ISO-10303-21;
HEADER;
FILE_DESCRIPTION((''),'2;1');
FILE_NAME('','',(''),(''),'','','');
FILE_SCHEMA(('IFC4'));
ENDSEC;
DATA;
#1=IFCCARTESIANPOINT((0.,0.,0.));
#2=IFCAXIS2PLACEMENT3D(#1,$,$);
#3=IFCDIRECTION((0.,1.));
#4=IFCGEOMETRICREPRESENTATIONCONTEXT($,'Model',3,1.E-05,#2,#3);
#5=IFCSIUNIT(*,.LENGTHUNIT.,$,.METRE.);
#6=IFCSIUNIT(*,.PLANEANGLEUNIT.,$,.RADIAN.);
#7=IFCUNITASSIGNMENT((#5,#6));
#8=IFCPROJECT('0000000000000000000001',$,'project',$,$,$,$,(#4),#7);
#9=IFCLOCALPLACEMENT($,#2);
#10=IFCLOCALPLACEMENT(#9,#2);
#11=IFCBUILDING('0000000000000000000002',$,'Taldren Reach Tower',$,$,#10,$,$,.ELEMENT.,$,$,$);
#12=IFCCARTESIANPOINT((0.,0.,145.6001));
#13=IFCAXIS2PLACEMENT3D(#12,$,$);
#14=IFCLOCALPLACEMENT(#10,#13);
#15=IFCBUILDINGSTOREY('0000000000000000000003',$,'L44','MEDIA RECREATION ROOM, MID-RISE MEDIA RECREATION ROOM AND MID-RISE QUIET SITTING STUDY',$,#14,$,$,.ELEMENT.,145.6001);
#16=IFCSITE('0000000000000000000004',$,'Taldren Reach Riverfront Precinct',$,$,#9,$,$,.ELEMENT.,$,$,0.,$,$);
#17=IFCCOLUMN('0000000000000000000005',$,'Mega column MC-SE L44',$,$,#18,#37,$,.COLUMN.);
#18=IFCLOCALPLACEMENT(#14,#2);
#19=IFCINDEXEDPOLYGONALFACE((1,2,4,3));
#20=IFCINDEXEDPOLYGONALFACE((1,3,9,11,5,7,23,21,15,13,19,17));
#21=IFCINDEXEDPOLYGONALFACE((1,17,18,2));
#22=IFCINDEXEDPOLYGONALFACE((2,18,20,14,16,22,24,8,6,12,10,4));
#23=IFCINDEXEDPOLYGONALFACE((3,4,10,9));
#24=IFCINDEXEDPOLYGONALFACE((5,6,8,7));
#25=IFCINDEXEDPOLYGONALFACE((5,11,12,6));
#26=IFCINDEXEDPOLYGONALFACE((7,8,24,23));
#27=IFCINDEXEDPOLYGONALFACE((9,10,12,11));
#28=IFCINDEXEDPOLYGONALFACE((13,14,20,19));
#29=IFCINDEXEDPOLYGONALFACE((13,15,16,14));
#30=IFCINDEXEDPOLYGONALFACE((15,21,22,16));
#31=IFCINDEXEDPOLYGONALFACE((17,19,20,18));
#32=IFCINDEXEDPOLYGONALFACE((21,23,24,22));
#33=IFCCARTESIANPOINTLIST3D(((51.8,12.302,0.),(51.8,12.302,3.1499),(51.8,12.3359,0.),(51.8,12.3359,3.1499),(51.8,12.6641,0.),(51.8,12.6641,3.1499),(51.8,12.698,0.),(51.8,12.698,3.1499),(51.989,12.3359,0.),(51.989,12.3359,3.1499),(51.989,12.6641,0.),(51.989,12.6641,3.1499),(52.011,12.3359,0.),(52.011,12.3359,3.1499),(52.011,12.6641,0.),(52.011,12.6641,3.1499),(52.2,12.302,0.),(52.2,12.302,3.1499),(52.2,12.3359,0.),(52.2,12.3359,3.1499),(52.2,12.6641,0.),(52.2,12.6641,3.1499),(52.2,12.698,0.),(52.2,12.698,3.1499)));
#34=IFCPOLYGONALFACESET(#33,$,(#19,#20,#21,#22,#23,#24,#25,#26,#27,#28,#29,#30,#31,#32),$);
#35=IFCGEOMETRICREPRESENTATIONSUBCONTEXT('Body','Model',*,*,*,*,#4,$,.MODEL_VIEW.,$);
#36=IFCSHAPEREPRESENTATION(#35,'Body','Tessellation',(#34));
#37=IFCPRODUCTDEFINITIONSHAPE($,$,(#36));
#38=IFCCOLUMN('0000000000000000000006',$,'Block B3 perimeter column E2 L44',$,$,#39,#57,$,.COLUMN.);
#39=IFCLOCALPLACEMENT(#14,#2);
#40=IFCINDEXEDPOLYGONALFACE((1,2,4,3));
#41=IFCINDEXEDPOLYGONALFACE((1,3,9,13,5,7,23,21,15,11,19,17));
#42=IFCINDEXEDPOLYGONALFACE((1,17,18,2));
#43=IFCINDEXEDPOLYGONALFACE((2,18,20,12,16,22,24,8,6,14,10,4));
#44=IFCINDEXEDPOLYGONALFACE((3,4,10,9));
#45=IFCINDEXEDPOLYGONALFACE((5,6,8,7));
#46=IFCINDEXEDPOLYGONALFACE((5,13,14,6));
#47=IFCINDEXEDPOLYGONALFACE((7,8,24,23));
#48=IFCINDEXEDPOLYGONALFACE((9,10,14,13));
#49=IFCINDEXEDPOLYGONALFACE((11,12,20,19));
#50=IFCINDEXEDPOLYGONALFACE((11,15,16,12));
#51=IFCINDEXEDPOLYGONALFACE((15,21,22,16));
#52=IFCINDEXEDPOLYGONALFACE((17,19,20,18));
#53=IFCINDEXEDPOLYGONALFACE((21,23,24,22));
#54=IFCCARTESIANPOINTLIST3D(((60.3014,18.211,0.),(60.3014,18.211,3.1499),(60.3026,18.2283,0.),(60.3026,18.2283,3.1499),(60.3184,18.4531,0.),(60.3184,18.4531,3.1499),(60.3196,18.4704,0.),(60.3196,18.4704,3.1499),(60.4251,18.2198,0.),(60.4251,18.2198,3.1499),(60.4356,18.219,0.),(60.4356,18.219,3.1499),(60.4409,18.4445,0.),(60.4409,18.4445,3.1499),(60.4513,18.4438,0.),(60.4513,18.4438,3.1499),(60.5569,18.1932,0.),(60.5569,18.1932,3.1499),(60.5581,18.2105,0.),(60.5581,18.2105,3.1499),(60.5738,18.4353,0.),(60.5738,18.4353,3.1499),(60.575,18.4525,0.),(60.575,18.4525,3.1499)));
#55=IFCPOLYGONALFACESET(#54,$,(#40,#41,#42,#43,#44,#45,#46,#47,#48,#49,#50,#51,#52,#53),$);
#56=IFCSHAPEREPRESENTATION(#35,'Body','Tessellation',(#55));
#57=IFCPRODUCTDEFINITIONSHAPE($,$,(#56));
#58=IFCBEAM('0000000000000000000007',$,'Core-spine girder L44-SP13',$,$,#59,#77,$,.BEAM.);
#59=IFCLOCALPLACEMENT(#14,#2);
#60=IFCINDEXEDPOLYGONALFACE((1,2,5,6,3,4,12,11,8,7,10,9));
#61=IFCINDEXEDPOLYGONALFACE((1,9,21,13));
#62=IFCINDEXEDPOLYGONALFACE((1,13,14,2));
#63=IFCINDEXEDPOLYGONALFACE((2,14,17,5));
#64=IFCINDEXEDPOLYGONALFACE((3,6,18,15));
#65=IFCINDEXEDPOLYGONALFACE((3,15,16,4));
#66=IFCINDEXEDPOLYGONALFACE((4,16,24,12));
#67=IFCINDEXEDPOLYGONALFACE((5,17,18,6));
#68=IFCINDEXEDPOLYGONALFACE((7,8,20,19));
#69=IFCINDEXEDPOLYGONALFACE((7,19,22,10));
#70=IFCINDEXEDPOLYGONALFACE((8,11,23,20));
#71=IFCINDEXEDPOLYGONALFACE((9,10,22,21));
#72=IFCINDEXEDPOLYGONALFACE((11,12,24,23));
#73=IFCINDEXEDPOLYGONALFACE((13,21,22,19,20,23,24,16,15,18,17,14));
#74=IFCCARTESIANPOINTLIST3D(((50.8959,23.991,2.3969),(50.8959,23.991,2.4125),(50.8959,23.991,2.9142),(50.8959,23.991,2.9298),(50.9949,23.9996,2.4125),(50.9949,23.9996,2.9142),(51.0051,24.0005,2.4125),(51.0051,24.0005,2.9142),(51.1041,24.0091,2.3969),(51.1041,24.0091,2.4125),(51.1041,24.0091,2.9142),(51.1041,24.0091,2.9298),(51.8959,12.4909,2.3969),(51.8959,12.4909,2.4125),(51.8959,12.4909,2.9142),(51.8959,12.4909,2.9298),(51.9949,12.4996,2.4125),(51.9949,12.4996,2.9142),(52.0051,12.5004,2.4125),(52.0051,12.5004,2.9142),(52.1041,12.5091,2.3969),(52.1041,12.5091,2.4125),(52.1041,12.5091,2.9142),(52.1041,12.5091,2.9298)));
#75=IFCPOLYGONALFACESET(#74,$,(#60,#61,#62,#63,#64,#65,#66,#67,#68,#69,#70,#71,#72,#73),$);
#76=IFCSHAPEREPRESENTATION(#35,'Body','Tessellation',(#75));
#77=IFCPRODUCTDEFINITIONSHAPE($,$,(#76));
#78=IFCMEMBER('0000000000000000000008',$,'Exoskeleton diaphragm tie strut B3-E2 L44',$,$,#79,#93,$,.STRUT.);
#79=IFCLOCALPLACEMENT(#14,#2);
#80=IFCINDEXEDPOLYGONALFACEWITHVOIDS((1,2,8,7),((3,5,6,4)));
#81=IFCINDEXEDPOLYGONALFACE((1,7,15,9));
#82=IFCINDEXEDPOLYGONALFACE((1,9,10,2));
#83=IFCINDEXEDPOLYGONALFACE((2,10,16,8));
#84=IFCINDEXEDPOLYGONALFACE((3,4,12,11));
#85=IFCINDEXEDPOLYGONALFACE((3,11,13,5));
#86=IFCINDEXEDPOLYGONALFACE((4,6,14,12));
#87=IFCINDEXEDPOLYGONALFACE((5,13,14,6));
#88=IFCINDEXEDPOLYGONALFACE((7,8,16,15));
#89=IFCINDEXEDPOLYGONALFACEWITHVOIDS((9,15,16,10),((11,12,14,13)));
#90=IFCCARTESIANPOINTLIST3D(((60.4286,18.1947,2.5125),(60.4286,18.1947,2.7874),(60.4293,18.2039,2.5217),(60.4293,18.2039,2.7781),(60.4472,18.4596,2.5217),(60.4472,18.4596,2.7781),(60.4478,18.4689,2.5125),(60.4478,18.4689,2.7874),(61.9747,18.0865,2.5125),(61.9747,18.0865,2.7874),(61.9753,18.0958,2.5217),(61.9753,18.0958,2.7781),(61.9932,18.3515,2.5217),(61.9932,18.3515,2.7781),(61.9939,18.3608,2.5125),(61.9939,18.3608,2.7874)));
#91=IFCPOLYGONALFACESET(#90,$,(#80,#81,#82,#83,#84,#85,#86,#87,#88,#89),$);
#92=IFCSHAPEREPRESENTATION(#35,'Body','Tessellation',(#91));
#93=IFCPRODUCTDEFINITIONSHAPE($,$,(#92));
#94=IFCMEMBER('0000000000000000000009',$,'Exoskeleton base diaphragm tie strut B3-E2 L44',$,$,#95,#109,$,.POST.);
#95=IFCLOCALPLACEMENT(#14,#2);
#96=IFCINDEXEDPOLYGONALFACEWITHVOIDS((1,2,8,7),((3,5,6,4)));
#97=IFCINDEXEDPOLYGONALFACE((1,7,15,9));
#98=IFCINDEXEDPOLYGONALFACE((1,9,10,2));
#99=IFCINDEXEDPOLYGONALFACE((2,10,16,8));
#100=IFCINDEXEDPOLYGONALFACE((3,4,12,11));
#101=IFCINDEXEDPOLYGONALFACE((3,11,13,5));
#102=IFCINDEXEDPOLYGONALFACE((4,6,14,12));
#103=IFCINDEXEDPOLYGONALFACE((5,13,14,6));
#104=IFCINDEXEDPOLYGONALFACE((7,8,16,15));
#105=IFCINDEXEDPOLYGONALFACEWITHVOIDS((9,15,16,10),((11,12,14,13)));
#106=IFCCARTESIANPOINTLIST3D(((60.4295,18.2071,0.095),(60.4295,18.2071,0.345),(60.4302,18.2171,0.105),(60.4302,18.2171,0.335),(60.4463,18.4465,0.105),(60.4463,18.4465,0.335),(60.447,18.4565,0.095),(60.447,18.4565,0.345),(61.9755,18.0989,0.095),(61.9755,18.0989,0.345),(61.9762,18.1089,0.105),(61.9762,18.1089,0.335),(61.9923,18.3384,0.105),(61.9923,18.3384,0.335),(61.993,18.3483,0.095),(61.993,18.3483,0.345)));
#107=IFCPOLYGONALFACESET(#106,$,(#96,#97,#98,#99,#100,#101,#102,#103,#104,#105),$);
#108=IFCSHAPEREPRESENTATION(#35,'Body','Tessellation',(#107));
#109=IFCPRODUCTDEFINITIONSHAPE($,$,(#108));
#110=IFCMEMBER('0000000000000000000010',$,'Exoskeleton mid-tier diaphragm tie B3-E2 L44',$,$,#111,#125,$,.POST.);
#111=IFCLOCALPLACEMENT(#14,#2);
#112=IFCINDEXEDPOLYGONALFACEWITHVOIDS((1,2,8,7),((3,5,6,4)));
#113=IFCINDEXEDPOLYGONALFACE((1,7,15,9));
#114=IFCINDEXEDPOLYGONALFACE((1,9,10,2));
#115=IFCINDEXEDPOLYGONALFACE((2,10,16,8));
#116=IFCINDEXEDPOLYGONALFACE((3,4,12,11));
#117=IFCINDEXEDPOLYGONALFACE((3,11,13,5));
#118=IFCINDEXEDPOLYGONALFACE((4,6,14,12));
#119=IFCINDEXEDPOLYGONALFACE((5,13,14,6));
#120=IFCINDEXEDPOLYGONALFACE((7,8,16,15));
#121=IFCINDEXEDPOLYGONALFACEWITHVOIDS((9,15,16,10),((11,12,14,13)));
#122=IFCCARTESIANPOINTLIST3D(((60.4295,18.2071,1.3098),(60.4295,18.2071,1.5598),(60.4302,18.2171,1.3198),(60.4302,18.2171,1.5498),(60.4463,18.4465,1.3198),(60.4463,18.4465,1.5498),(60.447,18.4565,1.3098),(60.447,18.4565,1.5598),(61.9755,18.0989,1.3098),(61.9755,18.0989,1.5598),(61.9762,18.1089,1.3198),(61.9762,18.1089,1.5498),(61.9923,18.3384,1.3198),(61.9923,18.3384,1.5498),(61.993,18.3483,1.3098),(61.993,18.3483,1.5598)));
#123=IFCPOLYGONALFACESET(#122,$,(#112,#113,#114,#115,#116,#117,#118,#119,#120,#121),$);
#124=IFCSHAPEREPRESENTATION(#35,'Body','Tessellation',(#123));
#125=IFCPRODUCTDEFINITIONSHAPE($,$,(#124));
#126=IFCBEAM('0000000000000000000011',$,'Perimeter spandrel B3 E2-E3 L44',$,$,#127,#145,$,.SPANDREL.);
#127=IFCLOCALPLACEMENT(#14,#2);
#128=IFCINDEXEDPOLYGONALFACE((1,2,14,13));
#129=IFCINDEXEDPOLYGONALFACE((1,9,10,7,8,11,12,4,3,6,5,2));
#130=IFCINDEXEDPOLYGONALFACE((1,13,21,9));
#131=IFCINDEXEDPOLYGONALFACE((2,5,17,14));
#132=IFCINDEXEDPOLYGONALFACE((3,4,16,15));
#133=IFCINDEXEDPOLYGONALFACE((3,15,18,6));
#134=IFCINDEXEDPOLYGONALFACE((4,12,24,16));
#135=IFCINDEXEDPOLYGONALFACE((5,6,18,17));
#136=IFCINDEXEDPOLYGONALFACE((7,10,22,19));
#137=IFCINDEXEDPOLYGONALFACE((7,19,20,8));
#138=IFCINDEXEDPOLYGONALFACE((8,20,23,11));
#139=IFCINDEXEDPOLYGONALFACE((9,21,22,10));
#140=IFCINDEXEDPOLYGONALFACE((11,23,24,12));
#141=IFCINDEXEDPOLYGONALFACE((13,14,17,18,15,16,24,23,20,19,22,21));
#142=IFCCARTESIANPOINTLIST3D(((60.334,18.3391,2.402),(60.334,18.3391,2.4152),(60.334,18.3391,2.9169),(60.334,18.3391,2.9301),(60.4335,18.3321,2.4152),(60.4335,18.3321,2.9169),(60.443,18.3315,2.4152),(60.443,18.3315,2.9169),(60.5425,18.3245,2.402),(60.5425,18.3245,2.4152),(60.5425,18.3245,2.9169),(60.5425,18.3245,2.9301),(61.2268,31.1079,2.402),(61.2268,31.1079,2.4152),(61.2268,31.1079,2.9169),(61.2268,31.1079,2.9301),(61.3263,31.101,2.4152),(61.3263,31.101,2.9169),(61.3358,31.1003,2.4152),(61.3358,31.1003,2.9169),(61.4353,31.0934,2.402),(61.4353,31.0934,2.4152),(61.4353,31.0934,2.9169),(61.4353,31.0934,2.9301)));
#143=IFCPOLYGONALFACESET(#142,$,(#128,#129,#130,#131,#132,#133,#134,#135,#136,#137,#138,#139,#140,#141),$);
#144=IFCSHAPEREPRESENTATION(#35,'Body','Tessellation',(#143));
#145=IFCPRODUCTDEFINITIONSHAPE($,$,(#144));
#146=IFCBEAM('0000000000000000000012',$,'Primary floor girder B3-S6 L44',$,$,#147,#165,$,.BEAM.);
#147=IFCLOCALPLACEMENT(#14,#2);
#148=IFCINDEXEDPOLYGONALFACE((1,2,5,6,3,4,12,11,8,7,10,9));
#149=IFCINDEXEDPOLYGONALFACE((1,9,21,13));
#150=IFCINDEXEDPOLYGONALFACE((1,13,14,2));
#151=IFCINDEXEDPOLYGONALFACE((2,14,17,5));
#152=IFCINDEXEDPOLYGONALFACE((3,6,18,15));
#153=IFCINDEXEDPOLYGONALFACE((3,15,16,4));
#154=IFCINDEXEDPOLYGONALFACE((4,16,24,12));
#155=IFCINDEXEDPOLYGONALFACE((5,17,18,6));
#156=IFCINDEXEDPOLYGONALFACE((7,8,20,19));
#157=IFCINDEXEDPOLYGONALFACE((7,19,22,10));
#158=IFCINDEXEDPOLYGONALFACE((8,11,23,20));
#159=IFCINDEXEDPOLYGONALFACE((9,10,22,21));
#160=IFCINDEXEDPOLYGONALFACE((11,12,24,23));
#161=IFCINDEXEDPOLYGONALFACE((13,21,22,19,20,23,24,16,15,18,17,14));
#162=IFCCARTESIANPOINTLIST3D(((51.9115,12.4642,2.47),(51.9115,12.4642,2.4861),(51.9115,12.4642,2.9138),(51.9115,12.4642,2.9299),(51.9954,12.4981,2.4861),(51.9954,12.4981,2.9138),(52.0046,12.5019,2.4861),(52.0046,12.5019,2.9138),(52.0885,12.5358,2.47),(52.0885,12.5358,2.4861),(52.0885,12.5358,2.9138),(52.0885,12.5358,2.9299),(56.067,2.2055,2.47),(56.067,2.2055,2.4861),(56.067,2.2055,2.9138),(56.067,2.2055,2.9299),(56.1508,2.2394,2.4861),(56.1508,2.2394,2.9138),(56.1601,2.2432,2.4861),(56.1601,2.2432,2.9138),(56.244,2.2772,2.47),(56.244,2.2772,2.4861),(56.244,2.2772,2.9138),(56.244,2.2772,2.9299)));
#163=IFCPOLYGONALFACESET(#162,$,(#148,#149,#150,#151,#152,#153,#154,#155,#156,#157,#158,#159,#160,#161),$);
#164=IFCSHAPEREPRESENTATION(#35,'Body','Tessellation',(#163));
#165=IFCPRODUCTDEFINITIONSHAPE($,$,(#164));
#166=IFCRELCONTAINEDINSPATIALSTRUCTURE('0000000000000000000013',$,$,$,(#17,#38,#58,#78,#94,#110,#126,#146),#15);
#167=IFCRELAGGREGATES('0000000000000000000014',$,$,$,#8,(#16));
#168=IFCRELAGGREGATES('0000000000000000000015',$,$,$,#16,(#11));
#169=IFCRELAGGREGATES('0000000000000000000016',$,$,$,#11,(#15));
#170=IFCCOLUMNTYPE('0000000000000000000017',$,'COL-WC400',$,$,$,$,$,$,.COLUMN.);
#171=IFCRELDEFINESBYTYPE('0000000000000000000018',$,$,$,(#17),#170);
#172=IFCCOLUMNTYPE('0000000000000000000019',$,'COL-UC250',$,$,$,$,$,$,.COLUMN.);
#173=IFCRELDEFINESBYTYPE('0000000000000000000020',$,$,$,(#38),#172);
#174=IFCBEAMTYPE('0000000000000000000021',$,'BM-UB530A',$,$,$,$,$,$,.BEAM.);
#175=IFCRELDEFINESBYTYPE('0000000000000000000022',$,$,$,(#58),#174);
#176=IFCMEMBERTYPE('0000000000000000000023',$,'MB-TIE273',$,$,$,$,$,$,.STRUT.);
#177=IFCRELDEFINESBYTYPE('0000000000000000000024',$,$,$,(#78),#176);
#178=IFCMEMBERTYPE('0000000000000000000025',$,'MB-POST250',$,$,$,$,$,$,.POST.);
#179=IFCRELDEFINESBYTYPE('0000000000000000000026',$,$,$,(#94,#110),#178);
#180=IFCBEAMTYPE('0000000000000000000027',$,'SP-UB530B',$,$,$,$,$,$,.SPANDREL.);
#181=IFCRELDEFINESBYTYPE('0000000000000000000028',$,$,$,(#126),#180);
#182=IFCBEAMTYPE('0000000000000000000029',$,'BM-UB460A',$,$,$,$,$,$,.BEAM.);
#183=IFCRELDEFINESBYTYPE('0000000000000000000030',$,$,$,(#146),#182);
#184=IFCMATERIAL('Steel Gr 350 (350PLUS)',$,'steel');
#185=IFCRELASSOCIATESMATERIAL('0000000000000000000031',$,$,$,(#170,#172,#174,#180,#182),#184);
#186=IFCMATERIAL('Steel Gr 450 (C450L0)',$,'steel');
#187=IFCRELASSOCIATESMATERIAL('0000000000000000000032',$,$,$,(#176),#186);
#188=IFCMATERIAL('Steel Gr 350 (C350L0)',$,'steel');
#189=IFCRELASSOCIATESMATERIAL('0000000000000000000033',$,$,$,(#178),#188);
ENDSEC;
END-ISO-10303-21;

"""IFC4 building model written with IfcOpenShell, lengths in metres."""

from ifc_helpers import new_model, si_unit, direction, frame, origin, origin_2d, place, context, subcontext, project, spatial, hollow_rectangle, i_section, extrude, source, transform, mapped, material, material_profile, profile_set, type_object, element, save


model = new_model("IFC4")

# Units and contexts
model_context = context("Model", 3, precision=1e-05, world=origin(), true_north=direction((0.0, 1.0)))
body_context = subcontext(model_context, "Body", "Model", "MODEL_VIEW")
ifc_project = project(units=[si_unit("LENGTHUNIT", "METRE"), si_unit("PLANEANGLEUNIT", "RADIAN")], contexts=[model_context])

# Site, building, storey
site_placement = place(None, origin())
site = spatial("IfcSite", under=ifc_project, at=site_placement, Name="Taldren Reach Riverfront Precinct", CompositionType="ELEMENT", RefElevation=0.0)
building_placement = place(site_placement, origin())
building = spatial("IfcBuilding", under=site, at=building_placement, Name="Taldren Reach Tower", CompositionType="ELEMENT")
storey_placement = place(building_placement, frame((0.0, 0.0, 145.6001)))
storey = spatial("IfcBuildingStorey", under=building, at=storey_placement, Name="L44", Description="MEDIA RECREATION ROOM, MID-RISE MEDIA RECREATION ROOM AND MID-RISE QUIET SITTING STUDY", CompositionType="ELEMENT", Elevation=145.6001)

# Columns
ifc_material_1 = material(Name="Steel Gr 350 (350PLUS)", Category="steel")
ifc_material_profile_1 = material_profile(ifc_material_1, i_section(OverallWidth=0.3999, OverallDepth=0.396, WebThickness=0.022, FlangeThickness=0.0339, at=origin_2d()), Name="400WC270")
ifc_profile_set_1 = profile_set([ifc_material_profile_1], Name="Steel Gr 350 (350PLUS)")
column_type_1 = type_object("IfcColumnType", Name="COL-WC400", PredefinedType="COLUMN", material=ifc_profile_set_1)
shared_shape_1 = source(origin(), body_context, "Body", "SweptSolid", [
    extrude(i_section(OverallWidth=0.3999, OverallDepth=0.396, WebThickness=0.022, FlangeThickness=0.0339, at=origin_2d()), origin(), (0.0, 0.0, 1.0), 3.1499),
])
column_1_placement = place(storey_placement, frame((52.0, 12.5, 0.0), z_axis=(0.0, 0.0, 1.0), x_axis=(1.0, 0.0, 0.0)))
element("IfcColumn", 1, at=column_1_placement, inside=storey, type_object=column_type_1, Name="Mega column MC-SE L44", PredefinedType="COLUMN", context=body_context, shape_type="MappedRepresentation", body=[
    mapped(shared_shape_1, transform((0.0, 0.0, 0.0), scale=1.0)),
])
ifc_material_profile_2 = material_profile(ifc_material_1, i_section(OverallWidth=0.2561, OverallDepth=0.26, WebThickness=0.0105, FlangeThickness=0.0173, at=origin_2d()), Name="250UC89.5")
ifc_profile_set_2 = profile_set([ifc_material_profile_2], Name="Steel Gr 350 (350PLUS)")
column_type_2 = type_object("IfcColumnType", Name="COL-UC250", PredefinedType="COLUMN", material=ifc_profile_set_2)
shared_shape_2 = source(origin(), body_context, "Body", "SweptSolid", [
    extrude(i_section(OverallWidth=0.2561, OverallDepth=0.26, WebThickness=0.0105, FlangeThickness=0.0173, at=origin_2d()), origin(), (0.0, 0.0, 1.0), 3.1499),
])
column_2_placement = place(storey_placement, frame((60.4382, 18.3318, 0.0), z_axis=(0.0, 0.0, 1.0), x_axis=(0.997564, -0.069756, 0.0)))
element("IfcColumn", 2, at=column_2_placement, inside=storey, type_object=column_type_2, Name="Block B3 perimeter column E2 L44", PredefinedType="COLUMN", context=body_context, shape_type="MappedRepresentation", body=[
    mapped(shared_shape_2, transform((0.0, 0.0, 0.0), scale=1.0)),
])

# Beam
ifc_material_profile_3 = material_profile(ifc_material_1, i_section(OverallWidth=0.209, OverallDepth=0.533, WebThickness=0.0103, FlangeThickness=0.0156, at=origin_2d()), Name="530UB92.4")
ifc_profile_set_3 = profile_set([ifc_material_profile_3], Name="Steel Gr 350 (350PLUS)")
beam_type_1 = type_object("IfcBeamType", Name="BM-UB530A", PredefinedType="BEAM", material=ifc_profile_set_3)
shared_shape_3 = source(origin(), body_context, "Body", "SweptSolid", [
    extrude(i_section(OverallWidth=0.209, OverallDepth=0.533, WebThickness=0.0103, FlangeThickness=0.0156, at=origin_2d()), origin(), (0.0, 0.0, 1.0), 11.5435),
])
beam_1_placement = place(storey_placement, frame((52.0, 12.5, 2.6633), z_axis=(-0.08663, 0.996241, 0.0), x_axis=(-0.996241, -0.08663, 0.0)))
element("IfcBeam", 3, at=beam_1_placement, inside=storey, type_object=beam_type_1, Name="Core-spine girder L44-SP13", PredefinedType="BEAM", context=body_context, shape_type="MappedRepresentation", body=[
    mapped(shared_shape_3, transform((0.0, 0.0, 0.0), scale=1.0)),
])

# Members
ifc_material_2 = material(Name="Steel Gr 450 (C450L0)", Category="steel")
ifc_material_profile_4 = material_profile(ifc_material_2, hollow_rectangle(XDim=0.2749, YDim=0.2749, WallThickness=0.0093, at=origin_2d()), Name="275x275x9.3SHS")
ifc_profile_set_4 = profile_set([ifc_material_profile_4], Name="Steel Gr 450 (C450L0)")
member_type_1 = type_object("IfcMemberType", Name="MB-TIE273", PredefinedType="STRUT", material=ifc_profile_set_4)
shared_shape_4 = source(origin(), body_context, "Body", "SweptSolid", [
    extrude(hollow_rectangle(XDim=0.2749, YDim=0.2749, WallThickness=0.0093, at=origin_2d()), origin(), (0.0, 0.0, 1.0), 1.5498),
])
member_1_placement = place(storey_placement, frame((60.4382, 18.3318, 2.6499), z_axis=(0.997562, -0.069781, 0.0), x_axis=(0.069781, 0.997562, 0.0)))
element("IfcMember", 4, at=member_1_placement, inside=storey, type_object=member_type_1, Name="Exoskeleton diaphragm tie strut B3-E2 L44", PredefinedType="STRUT", context=body_context, shape_type="MappedRepresentation", body=[
    mapped(shared_shape_4, transform((0.0, 0.0, 0.0), scale=1.0)),
])
ifc_material_3 = material(Name="Steel Gr 350 (C350L0)", Category="steel")
ifc_material_profile_5 = material_profile(ifc_material_3, hollow_rectangle(XDim=0.25, YDim=0.25, WallThickness=0.01, at=origin_2d()), Name="250x250x10.0SHS")
ifc_profile_set_5 = profile_set([ifc_material_profile_5], Name="Steel Gr 350 (C350L0)")
member_type_2 = type_object("IfcMemberType", Name="MB-POST250", PredefinedType="POST", material=ifc_profile_set_5)
shared_shape_5 = source(origin(), body_context, "Body", "SweptSolid", [
    extrude(hollow_rectangle(XDim=0.25, YDim=0.25, WallThickness=0.01, at=origin_2d()), origin(), (0.0, 0.0, 1.0), 1.5498),
])
for number, where, z_axis, x_axis, name in (
    (5, (60.4382, 18.3318, 0.22), (0.997562, -0.069781, 0.0), (0.069781, 0.997562, 0.0), "Exoskeleton base diaphragm tie strut B3-E2 L44"),
    (6, (60.4382, 18.3318, 1.4348), (0.997562, -0.069781, 0.0), (0.069781, 0.997562, 0.0), "Exoskeleton mid-tier diaphragm tie B3-E2 L44"),
):
    element("IfcMember", number, at=place(storey_placement, frame(where, z_axis=z_axis, x_axis=x_axis)), inside=storey, type_object=member_type_2, Name=name, PredefinedType="POST", context=body_context, shape_type="MappedRepresentation", body=[
        mapped(shared_shape_5, transform((0.0, 0.0, 0.0), scale=1.0)),
    ])

# Beams
ifc_material_profile_6 = material_profile(ifc_material_1, i_section(OverallWidth=0.209, OverallDepth=0.5281, WebThickness=0.0095, FlangeThickness=0.0132, at=origin_2d()), Name="530UB82.0")
ifc_profile_set_6 = profile_set([ifc_material_profile_6], Name="Steel Gr 350 (350PLUS)")
beam_type_2 = type_object("IfcBeamType", Name="SP-UB530B", PredefinedType="SPANDREL", material=ifc_profile_set_6)
shared_shape_6 = source(origin(), body_context, "Body", "SweptSolid", [
    extrude(i_section(OverallWidth=0.209, OverallDepth=0.5281, WebThickness=0.0095, FlangeThickness=0.0132, at=origin_2d()), origin(), (0.0, 0.0, 1.0), 12.8),
])
beam_2_placement = place(storey_placement, frame((60.4382, 18.3318, 2.666), z_axis=(0.069752, 0.997564, 0.0), x_axis=(-0.997564, 0.069752, 0.0)))
element("IfcBeam", 7, at=beam_2_placement, inside=storey, type_object=beam_type_2, Name="Perimeter spandrel B3 E2-E3 L44", PredefinedType="SPANDREL", context=body_context, shape_type="MappedRepresentation", body=[
    mapped(shared_shape_6, transform((0.0, 0.0, 0.0), scale=1.0)),
])
ifc_material_profile_7 = material_profile(ifc_material_1, i_section(OverallWidth=0.1909, OverallDepth=0.46, WebThickness=0.01, FlangeThickness=0.0161, at=origin_2d()), Name="460UB82.1")
ifc_profile_set_7 = profile_set([ifc_material_profile_7], Name="Steel Gr 350 (350PLUS)")
beam_type_3 = type_object("IfcBeamType", Name="BM-UB460A", PredefinedType="BEAM", material=ifc_profile_set_7)
shared_shape_7 = source(origin(), body_context, "Body", "SweptSolid", [
    extrude(i_section(OverallWidth=0.1909, OverallDepth=0.46, WebThickness=0.01, FlangeThickness=0.0161, at=origin_2d()), origin(), (0.0, 0.0, 1.0), 11.0684),
])
beam_3_placement = place(storey_placement, frame((52.0, 12.5, 2.7), z_axis=(0.375437, -0.926848, 0.0), x_axis=(0.926848, 0.375437, 0.0)))
element("IfcBeam", 8, at=beam_3_placement, inside=storey, type_object=beam_type_3, Name="Primary floor girder B3-S6 L44", PredefinedType="BEAM", context=body_context, shape_type="MappedRepresentation", body=[
    mapped(shared_shape_7, transform((0.0, 0.0, 0.0), scale=1.0)),
])

save(model, "model.ifc")
